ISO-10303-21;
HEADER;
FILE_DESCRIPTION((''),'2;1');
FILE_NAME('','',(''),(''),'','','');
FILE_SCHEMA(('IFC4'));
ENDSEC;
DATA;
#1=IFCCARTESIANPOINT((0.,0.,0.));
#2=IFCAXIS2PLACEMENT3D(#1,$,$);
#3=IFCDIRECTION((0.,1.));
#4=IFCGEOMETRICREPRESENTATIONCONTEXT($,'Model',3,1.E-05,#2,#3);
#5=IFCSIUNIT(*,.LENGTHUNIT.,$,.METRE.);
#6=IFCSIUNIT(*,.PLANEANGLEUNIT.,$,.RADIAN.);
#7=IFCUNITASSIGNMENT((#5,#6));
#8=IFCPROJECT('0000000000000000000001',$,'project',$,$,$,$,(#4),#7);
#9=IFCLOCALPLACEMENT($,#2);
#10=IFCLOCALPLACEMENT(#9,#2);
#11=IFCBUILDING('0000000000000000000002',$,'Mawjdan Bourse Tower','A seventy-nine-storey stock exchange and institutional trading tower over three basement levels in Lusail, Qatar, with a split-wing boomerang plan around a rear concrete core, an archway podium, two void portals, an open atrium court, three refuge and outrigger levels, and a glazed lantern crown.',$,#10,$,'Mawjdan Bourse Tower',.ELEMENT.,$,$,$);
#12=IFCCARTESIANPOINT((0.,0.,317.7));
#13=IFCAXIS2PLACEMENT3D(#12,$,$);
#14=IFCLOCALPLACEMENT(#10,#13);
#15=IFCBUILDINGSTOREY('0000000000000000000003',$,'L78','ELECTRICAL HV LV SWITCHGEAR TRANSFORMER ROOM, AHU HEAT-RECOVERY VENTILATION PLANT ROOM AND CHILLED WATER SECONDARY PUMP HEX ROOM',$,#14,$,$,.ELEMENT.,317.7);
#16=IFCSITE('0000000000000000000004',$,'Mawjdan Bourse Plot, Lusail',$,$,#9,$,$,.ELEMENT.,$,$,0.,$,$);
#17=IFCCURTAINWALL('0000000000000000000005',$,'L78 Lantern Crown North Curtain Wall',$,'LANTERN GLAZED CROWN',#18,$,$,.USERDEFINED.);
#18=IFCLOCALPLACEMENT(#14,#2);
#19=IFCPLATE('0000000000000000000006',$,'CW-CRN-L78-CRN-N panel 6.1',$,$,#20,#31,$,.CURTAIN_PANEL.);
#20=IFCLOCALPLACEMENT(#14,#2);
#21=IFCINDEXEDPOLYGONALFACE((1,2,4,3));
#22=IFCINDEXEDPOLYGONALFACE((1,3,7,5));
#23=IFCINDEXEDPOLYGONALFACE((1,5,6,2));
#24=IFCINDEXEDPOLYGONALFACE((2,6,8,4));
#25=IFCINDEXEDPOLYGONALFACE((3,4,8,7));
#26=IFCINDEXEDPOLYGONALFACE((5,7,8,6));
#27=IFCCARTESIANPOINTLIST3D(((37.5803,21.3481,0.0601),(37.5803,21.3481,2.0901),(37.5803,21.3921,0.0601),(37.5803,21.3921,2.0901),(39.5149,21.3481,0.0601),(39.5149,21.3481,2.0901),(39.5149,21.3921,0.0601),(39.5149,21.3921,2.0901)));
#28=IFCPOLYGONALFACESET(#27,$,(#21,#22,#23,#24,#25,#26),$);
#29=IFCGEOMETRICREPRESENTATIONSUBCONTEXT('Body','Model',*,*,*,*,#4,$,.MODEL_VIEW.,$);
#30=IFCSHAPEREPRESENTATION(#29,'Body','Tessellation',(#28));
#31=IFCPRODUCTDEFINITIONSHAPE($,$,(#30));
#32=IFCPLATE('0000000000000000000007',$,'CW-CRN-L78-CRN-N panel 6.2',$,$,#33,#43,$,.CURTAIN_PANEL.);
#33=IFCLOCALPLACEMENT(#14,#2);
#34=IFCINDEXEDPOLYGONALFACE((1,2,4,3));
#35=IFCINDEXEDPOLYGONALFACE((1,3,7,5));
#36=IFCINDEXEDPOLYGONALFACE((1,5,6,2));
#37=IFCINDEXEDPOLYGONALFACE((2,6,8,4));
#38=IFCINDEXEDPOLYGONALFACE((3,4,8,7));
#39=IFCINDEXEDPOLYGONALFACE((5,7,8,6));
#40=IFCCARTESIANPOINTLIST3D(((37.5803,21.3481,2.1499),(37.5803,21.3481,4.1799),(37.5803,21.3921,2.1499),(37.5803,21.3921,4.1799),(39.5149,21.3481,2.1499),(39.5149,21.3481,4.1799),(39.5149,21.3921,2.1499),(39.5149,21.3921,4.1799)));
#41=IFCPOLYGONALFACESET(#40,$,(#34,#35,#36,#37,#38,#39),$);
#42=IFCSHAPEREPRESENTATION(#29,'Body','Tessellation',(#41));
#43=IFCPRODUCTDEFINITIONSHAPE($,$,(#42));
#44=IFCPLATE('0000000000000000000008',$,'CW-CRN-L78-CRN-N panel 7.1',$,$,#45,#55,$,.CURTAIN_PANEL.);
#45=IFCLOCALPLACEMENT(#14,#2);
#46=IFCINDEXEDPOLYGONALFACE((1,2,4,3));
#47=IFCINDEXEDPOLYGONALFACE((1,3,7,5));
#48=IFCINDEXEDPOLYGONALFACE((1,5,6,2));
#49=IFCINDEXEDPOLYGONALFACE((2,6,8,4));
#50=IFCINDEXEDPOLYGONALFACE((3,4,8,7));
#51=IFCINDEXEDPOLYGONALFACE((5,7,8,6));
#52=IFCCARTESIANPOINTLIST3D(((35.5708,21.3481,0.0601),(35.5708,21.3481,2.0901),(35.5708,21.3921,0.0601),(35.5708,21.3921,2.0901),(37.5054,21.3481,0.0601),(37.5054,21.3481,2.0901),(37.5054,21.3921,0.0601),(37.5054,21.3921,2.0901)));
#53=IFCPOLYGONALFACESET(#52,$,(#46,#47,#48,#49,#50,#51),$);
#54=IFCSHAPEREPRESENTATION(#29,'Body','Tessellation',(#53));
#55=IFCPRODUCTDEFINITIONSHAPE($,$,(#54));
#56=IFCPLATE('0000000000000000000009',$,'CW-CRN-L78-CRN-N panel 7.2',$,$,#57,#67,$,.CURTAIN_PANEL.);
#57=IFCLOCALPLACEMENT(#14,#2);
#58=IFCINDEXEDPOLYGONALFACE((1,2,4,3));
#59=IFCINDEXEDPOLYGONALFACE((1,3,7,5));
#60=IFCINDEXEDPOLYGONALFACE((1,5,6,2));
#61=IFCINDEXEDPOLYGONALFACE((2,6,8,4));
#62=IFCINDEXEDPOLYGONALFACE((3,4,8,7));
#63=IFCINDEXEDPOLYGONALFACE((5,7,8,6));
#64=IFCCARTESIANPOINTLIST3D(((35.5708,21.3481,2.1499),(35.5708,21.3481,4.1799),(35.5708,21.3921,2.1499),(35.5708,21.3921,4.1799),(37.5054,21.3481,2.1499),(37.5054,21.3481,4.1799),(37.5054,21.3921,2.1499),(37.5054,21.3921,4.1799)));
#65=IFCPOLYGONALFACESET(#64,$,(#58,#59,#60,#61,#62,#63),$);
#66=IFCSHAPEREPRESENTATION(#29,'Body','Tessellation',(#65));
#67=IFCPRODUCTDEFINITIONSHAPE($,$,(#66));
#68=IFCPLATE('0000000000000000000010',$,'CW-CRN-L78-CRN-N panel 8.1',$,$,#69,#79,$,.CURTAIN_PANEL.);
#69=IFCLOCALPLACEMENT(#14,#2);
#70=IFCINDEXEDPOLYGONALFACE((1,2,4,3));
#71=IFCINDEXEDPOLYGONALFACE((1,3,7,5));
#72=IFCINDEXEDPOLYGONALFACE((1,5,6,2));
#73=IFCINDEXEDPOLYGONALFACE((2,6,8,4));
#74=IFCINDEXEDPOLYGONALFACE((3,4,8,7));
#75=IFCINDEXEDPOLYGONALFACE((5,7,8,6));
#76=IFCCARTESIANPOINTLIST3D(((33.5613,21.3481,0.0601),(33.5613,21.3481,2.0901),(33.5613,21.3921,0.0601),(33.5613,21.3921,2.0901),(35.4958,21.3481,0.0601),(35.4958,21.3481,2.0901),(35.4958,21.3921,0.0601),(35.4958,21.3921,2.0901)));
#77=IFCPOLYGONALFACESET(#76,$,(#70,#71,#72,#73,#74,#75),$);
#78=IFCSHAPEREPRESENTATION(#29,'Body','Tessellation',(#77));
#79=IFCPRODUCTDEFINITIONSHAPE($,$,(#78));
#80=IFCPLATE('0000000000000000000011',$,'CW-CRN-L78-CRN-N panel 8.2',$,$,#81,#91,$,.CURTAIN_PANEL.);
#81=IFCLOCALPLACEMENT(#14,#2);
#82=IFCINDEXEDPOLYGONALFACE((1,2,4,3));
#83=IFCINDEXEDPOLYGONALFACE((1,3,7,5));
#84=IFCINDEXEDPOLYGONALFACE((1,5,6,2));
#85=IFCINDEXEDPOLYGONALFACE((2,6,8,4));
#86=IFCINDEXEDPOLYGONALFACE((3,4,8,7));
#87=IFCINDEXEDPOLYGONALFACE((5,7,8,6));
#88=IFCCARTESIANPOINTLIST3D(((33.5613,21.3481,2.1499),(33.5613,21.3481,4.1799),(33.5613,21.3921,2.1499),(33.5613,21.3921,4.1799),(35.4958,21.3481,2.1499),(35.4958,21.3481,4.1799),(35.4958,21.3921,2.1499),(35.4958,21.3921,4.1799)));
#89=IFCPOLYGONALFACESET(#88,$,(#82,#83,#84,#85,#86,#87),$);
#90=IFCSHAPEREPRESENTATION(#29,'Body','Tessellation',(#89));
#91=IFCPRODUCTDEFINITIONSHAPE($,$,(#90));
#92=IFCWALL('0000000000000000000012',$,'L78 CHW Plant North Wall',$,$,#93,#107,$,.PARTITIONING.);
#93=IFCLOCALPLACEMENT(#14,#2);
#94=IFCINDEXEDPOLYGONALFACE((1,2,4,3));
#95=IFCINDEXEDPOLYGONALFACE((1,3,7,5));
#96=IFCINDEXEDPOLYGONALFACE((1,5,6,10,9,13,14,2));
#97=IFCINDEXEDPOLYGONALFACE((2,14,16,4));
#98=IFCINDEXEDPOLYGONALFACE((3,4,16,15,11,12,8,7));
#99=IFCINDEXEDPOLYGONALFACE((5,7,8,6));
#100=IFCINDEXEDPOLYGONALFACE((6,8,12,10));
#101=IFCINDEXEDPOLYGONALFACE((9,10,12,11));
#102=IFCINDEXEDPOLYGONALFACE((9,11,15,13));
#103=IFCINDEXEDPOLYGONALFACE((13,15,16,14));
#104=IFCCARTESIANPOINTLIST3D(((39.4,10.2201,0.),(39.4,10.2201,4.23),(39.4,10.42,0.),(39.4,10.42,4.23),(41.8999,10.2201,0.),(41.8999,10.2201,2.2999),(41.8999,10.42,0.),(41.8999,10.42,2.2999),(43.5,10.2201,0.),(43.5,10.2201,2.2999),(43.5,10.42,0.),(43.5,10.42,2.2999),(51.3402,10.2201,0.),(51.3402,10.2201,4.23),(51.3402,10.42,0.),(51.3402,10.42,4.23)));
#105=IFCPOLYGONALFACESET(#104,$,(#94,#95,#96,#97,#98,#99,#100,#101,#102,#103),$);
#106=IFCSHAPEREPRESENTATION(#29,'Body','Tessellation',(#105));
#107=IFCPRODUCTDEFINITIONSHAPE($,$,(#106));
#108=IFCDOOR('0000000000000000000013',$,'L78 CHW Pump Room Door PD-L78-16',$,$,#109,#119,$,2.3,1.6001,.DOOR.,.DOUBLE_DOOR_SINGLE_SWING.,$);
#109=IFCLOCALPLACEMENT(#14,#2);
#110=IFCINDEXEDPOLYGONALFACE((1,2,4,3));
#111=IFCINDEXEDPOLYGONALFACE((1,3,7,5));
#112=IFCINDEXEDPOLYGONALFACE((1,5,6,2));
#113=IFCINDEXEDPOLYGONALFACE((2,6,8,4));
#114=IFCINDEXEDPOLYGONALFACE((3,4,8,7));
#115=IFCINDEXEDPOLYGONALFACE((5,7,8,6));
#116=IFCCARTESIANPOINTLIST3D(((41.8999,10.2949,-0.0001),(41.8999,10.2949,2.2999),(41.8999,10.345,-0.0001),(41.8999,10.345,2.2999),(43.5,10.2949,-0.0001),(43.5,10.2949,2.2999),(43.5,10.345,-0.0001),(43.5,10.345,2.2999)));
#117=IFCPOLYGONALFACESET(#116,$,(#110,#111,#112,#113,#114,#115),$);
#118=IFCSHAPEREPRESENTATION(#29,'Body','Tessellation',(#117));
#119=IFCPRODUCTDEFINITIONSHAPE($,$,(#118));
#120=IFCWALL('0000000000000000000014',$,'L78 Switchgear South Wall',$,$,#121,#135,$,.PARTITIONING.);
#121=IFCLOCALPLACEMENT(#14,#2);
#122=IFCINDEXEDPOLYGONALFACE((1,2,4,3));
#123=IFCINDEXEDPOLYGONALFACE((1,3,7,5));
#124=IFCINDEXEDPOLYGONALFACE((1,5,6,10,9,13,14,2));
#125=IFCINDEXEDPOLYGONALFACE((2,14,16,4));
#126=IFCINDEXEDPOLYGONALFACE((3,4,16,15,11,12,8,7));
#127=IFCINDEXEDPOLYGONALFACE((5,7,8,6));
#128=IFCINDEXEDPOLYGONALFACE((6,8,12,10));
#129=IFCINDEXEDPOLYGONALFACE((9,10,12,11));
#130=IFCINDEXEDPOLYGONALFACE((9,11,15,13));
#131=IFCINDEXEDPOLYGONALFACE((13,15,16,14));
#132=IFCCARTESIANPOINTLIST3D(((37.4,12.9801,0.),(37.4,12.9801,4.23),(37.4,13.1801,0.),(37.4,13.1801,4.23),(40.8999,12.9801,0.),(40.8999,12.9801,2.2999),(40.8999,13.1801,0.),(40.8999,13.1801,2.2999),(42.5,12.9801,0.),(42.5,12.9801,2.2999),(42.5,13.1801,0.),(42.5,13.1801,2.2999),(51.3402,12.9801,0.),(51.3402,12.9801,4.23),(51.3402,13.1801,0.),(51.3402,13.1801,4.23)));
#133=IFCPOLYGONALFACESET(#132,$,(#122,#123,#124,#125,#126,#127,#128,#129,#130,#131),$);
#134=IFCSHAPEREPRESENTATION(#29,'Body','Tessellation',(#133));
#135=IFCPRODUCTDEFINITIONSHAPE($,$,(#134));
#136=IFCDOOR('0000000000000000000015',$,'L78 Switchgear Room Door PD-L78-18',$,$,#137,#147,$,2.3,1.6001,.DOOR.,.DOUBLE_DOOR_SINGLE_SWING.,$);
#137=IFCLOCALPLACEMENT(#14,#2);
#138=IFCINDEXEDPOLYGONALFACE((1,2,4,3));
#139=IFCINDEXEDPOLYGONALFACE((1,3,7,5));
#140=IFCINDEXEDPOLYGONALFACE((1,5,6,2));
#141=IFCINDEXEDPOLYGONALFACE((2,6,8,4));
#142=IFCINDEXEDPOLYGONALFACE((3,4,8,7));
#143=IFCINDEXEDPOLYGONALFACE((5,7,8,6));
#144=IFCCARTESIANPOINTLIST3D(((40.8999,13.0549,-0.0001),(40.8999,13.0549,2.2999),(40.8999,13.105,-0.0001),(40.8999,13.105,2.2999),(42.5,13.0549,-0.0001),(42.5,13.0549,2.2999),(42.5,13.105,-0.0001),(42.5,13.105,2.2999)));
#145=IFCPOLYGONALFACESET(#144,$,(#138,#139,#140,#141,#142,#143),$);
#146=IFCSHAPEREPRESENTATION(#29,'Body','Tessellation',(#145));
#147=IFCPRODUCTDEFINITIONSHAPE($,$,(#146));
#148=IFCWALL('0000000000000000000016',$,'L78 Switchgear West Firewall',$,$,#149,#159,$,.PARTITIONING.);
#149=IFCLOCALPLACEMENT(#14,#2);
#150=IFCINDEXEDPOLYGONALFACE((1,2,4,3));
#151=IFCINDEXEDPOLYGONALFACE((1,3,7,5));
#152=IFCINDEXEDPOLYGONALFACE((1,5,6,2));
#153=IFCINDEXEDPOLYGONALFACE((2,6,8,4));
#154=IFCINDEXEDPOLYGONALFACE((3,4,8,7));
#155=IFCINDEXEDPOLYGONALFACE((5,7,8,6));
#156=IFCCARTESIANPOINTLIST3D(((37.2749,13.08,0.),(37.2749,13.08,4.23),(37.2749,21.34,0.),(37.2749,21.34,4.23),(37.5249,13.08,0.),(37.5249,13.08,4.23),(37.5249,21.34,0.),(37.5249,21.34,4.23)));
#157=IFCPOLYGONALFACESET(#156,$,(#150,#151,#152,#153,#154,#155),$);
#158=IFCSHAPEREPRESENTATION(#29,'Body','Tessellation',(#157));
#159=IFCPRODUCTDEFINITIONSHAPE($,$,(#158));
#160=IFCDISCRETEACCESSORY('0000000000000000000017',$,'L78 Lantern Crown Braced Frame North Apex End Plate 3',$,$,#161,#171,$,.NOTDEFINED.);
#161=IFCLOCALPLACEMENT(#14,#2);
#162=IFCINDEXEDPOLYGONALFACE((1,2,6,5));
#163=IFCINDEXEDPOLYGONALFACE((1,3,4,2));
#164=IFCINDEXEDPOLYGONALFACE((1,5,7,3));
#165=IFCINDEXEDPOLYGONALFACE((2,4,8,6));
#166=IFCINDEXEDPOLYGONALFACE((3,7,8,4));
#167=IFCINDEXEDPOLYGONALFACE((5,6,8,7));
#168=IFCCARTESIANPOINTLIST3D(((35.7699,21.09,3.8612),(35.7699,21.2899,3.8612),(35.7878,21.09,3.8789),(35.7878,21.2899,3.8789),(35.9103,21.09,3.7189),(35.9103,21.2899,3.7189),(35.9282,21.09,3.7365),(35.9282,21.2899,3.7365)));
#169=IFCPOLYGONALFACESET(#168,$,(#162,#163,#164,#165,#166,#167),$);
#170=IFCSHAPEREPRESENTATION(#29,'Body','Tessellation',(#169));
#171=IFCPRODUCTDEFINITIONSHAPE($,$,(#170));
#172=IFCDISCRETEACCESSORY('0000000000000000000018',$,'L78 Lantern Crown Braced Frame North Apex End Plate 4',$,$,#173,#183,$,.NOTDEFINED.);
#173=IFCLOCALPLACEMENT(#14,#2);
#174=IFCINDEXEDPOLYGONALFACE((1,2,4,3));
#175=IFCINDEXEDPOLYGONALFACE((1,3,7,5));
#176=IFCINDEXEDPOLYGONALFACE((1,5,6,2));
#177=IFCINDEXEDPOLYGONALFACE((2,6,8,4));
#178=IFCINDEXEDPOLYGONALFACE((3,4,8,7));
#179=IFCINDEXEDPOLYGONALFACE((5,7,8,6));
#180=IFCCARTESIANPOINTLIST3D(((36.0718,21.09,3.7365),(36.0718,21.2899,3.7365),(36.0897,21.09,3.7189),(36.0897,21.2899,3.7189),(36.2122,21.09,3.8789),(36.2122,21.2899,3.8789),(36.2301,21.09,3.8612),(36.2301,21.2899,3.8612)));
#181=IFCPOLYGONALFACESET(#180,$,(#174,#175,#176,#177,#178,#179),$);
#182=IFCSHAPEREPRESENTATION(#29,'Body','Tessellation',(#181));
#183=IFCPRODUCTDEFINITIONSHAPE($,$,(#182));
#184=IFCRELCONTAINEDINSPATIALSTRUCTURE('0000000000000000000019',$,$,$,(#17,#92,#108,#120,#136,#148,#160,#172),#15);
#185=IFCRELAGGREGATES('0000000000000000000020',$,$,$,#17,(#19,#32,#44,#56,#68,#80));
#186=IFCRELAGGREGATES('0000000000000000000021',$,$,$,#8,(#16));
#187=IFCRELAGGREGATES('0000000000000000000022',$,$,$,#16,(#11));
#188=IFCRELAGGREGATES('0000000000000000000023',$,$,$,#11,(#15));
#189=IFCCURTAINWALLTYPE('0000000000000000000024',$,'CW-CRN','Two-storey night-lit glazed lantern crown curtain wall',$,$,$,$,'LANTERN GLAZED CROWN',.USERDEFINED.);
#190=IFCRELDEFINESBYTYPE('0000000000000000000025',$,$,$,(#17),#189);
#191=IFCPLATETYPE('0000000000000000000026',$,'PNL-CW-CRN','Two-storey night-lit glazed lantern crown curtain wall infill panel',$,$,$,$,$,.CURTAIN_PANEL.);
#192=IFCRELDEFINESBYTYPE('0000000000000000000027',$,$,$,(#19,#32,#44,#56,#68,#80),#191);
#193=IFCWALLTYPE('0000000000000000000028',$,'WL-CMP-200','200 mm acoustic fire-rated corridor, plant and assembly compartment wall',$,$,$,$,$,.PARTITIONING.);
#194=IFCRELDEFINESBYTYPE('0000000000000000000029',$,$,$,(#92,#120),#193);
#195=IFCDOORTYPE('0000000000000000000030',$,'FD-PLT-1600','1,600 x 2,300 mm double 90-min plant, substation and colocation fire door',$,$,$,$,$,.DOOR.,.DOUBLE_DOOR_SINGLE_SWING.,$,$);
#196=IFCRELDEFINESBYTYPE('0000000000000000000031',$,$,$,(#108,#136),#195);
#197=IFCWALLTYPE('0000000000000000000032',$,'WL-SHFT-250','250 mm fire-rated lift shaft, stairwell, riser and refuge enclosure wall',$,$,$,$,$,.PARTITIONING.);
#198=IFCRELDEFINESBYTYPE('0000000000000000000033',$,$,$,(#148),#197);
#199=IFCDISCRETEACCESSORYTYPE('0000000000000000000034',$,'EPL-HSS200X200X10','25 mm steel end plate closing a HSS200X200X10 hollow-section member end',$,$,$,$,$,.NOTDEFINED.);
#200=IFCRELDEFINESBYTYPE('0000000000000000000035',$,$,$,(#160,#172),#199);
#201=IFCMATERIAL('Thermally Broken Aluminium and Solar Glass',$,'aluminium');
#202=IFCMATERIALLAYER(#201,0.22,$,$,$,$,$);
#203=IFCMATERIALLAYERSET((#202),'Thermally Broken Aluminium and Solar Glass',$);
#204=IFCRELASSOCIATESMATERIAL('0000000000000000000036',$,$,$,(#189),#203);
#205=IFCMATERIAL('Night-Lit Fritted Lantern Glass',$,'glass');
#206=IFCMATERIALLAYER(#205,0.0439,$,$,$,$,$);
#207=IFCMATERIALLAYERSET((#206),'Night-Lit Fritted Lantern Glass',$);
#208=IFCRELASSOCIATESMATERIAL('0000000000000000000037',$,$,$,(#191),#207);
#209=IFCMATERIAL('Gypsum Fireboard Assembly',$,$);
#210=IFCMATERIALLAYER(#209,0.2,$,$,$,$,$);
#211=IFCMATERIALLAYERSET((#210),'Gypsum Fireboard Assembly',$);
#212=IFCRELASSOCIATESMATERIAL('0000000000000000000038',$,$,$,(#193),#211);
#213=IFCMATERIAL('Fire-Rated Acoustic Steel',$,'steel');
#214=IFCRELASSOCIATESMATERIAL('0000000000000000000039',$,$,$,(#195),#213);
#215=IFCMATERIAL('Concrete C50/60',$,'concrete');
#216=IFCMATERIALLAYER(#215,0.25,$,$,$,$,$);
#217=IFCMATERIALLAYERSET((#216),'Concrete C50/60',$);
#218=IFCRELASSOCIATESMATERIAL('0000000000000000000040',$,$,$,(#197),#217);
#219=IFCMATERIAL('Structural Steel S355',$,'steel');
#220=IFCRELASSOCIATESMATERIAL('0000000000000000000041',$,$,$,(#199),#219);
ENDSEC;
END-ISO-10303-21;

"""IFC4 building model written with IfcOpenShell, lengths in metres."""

from ifc_helpers import new_model, si_unit, direction, frame, frame_2d, origin, origin_2d, place, context, subcontext, project, spatial, rectangle, extrude, material, layer, layer_set, material_profile, profile_set, type_object, element, fill, aggregate, save


model = new_model("IFC4")

# Units and contexts
model_context = context("Model", 3, precision=1e-05, world=origin(), true_north=direction((0.0, 1.0)))
body_context = subcontext(model_context, "Body", "Model", "MODEL_VIEW")
ifc_project = project(units=[si_unit("LENGTHUNIT", "METRE"), si_unit("PLANEANGLEUNIT", "RADIAN")], contexts=[model_context])

# Site, building, storey
site_placement = place(None, origin())
site = spatial("IfcSite", under=ifc_project, at=site_placement, Name="Mawjdan Bourse Plot, Lusail", CompositionType="ELEMENT", RefElevation=0.0)
building_placement = place(site_placement, origin())
building = spatial("IfcBuilding", under=site, at=building_placement, Name="Mawjdan Bourse Tower", Description="A seventy-nine-storey stock exchange and institutional trading tower over three basement levels in Lusail, Qatar, with a split-wing boomerang plan around a rear concrete core, an archway podium, two void portals, an open atrium court, three refuge and outrigger levels, and a glazed lantern crown.", LongName="Mawjdan Bourse Tower", CompositionType="ELEMENT")
storey_placement = place(building_placement, frame((0.0, 0.0, 317.7)))
storey = spatial("IfcBuildingStorey", under=building, at=storey_placement, Name="L78", Description="ELECTRICAL HV LV SWITCHGEAR TRANSFORMER ROOM, AHU HEAT-RECOVERY VENTILATION PLANT ROOM AND CHILLED WATER SECONDARY PUMP HEX ROOM", CompositionType="ELEMENT", Elevation=317.7)

# Shared definitions
ifc_material_1 = material(Name="Structural Steel S355", Category="steel")

# Curtain wall, plates
ifc_material_2 = material(Name="Thermally Broken Aluminium and Solar Glass", Category="aluminium")
ifc_layer_1 = layer(ifc_material_2, 0.22)
ifc_layer_set_1 = layer_set([ifc_layer_1], Name="Thermally Broken Aluminium and Solar Glass")
curtain_wall_type = type_object("IfcCurtainWallType", Name="CW-CRN", Description="Two-storey night-lit glazed lantern crown curtain wall", ElementType="LANTERN GLAZED CROWN", PredefinedType="USERDEFINED", material=ifc_layer_set_1)
curtain_wall_placement = place(storey_placement, origin())
curtain_wall = element("IfcCurtainWall", 1, at=curtain_wall_placement, inside=storey, type_object=curtain_wall_type, Name="L78 Lantern Crown North Curtain Wall", ObjectType="LANTERN GLAZED CROWN", PredefinedType="USERDEFINED")
ifc_material_3 = material(Name="Night-Lit Fritted Lantern Glass", Category="glass")
ifc_layer_2 = layer(ifc_material_3, 0.0439)
ifc_layer_set_2 = layer_set([ifc_layer_2], Name="Night-Lit Fritted Lantern Glass")
plate_type = type_object("IfcPlateType", Name="PNL-CW-CRN", Description="Two-storey night-lit glazed lantern crown curtain wall infill panel", PredefinedType="CURTAIN_PANEL", material=ifc_layer_set_2)
plate_1_placement = place(storey_placement, frame((38.5476, 21.3701, 0.0601), z_axis=(0.0, 0.0, 1.0), x_axis=(-1.0, 0.0, 0.0)))
plate_1 = element("IfcPlate", 2, at=plate_1_placement, type_object=plate_type, Name="CW-CRN-L78-CRN-N panel 6.1", PredefinedType="CURTAIN_PANEL", context=body_context, shape_type="SweptSolid", body=[
    extrude(rectangle(XDim=1.9346, YDim=0.0439, at=origin_2d()), origin(), (0.0, 0.0, 1.0), 2.03),
])
plate_2_placement = place(storey_placement, frame((38.5476, 21.3701, 2.1499), z_axis=(0.0, 0.0, 1.0), x_axis=(-1.0, 0.0, 0.0)))
plate_2 = element("IfcPlate", 3, at=plate_2_placement, type_object=plate_type, Name="CW-CRN-L78-CRN-N panel 6.2", PredefinedType="CURTAIN_PANEL", context=body_context, shape_type="SweptSolid", body=[
    extrude(rectangle(XDim=1.9346, YDim=0.0439, at=origin_2d()), origin(), (0.0, 0.0, 1.0), 2.03),
])
plate_3_placement = place(storey_placement, frame((36.5381, 21.3701, 0.0601), z_axis=(0.0, 0.0, 1.0), x_axis=(-1.0, 0.0, 0.0)))
plate_3 = element("IfcPlate", 4, at=plate_3_placement, type_object=plate_type, Name="CW-CRN-L78-CRN-N panel 7.1", PredefinedType="CURTAIN_PANEL", context=body_context, shape_type="SweptSolid", body=[
    extrude(rectangle(XDim=1.9346, YDim=0.0439, at=origin_2d()), origin(), (0.0, 0.0, 1.0), 2.03),
])
plate_4_placement = place(storey_placement, frame((36.5381, 21.3701, 2.1499), z_axis=(0.0, 0.0, 1.0), x_axis=(-1.0, 0.0, 0.0)))
plate_4 = element("IfcPlate", 5, at=plate_4_placement, type_object=plate_type, Name="CW-CRN-L78-CRN-N panel 7.2", PredefinedType="CURTAIN_PANEL", context=body_context, shape_type="SweptSolid", body=[
    extrude(rectangle(XDim=1.9346, YDim=0.0439, at=origin_2d()), origin(), (0.0, 0.0, 1.0), 2.03),
])
plate_5_placement = place(storey_placement, frame((34.5286, 21.3701, 0.0601), z_axis=(0.0, 0.0, 1.0), x_axis=(-1.0, 0.0, 0.0)))
plate_5 = element("IfcPlate", 6, at=plate_5_placement, type_object=plate_type, Name="CW-CRN-L78-CRN-N panel 8.1", PredefinedType="CURTAIN_PANEL", context=body_context, shape_type="SweptSolid", body=[
    extrude(rectangle(XDim=1.9346, YDim=0.0439, at=origin_2d()), origin(), (0.0, 0.0, 1.0), 2.03),
])
plate_6_placement = place(storey_placement, frame((34.5286, 21.3701, 2.1499), z_axis=(0.0, 0.0, 1.0), x_axis=(-1.0, 0.0, 0.0)))
plate_6 = element("IfcPlate", 7, at=plate_6_placement, type_object=plate_type, Name="CW-CRN-L78-CRN-N panel 8.2", PredefinedType="CURTAIN_PANEL", context=body_context, shape_type="SweptSolid", body=[
    extrude(rectangle(XDim=1.9346, YDim=0.0439, at=origin_2d()), origin(), (0.0, 0.0, 1.0), 2.03),
])
aggregate(curtain_wall, [plate_1, plate_2, plate_3, plate_4, plate_5, plate_6])

# Walls, openings, doors
ifc_material_4 = material(Name="Gypsum Fireboard Assembly")
ifc_layer_3 = layer(ifc_material_4, 0.2)
ifc_layer_set_3 = layer_set([ifc_layer_3], Name="Gypsum Fireboard Assembly")
wall_type_1 = type_object("IfcWallType", Name="WL-CMP-200", Description="200 mm acoustic fire-rated corridor, plant and assembly compartment wall", PredefinedType="PARTITIONING", material=ifc_layer_set_3)
wall_1_placement = place(storey_placement, frame((39.3999, 10.3201, 0.0), z_axis=(0.0, 0.0, 1.0), x_axis=(1.0, 0.0, 0.0)))
wall_1 = element("IfcWall", 8, at=wall_1_placement, inside=storey, type_object=wall_type_1, Name="L78 CHW Plant North Wall", PredefinedType="PARTITIONING", context=body_context, shape_type="SweptSolid", body=[
    extrude(rectangle(XDim=11.9402, YDim=0.2, at=frame_2d((5.9702, 0.0))), origin(), (0.0, 0.0, 1.0), 4.23),
])
opening_1_placement = place(wall_1_placement, frame((2.5, 0.0, 0.0)))
opening_1 = element("IfcOpeningElement", 9, at=opening_1_placement, cuts=wall_1, PredefinedType="OPENING", context=body_context, shape_type="SweptSolid", body=[
    extrude(rectangle(XDim=1.6001, YDim=2.3, at=frame_2d((0.8, 1.1499))), frame((0.0, 0.1099, 0.0), z_axis=(0.0, -1.0, 0.0), x_axis=(1.0, 0.0, 0.0)), (0.0, 0.0, 1.0), 0.22),
])
ifc_material_5 = material(Name="Fire-Rated Acoustic Steel", Category="steel")
door_type = type_object("IfcDoorType", Name="FD-PLT-1600", Description="1,600 x 2,300 mm double 90-min plant, substation and colocation fire door", OperationType="DOUBLE_DOOR_SINGLE_SWING", PredefinedType="DOOR", material=ifc_material_5)
door_1_placement = place(opening_1_placement, origin())
door_1 = element("IfcDoor", 10, at=door_1_placement, inside=storey, type_object=door_type, Name="L78 CHW Pump Room Door PD-L78-16", OperationType="DOUBLE_DOOR_SINGLE_SWING", OverallHeight=2.3, OverallWidth=1.6001, PredefinedType="DOOR", context=body_context, shape_type="SweptSolid", body=[
    extrude(rectangle(XDim=1.6001, YDim=2.3, at=frame_2d((0.8, 1.1499))), frame((0.0, 0.0249, 0.0), z_axis=(0.0, -1.0, 0.0), x_axis=(1.0, 0.0, 0.0)), (0.0, 0.0, 1.0), 0.05),
])
fill(opening_1, door_1)
wall_2_placement = place(storey_placement, frame((37.3999, 13.0801, 0.0), z_axis=(0.0, 0.0, 1.0), x_axis=(1.0, 0.0, 0.0)))
wall_2 = element("IfcWall", 11, at=wall_2_placement, inside=storey, type_object=wall_type_1, Name="L78 Switchgear South Wall", PredefinedType="PARTITIONING", context=body_context, shape_type="SweptSolid", body=[
    extrude(rectangle(XDim=13.9402, YDim=0.2, at=frame_2d((6.9702, 0.0))), origin(), (0.0, 0.0, 1.0), 4.23),
])
opening_2_placement = place(wall_2_placement, frame((3.5, 0.0, 0.0)))
opening_2 = element("IfcOpeningElement", 12, at=opening_2_placement, cuts=wall_2, PredefinedType="OPENING", context=body_context, shape_type="SweptSolid", body=[
    extrude(rectangle(XDim=1.6001, YDim=2.3, at=frame_2d((0.8, 1.1499))), frame((0.0, 0.1099, 0.0), z_axis=(0.0, -1.0, 0.0), x_axis=(1.0, 0.0, 0.0)), (0.0, 0.0, 1.0), 0.22),
])
door_2_placement = place(opening_2_placement, origin())
door_2 = element("IfcDoor", 13, at=door_2_placement, inside=storey, type_object=door_type, Name="L78 Switchgear Room Door PD-L78-18", OperationType="DOUBLE_DOOR_SINGLE_SWING", OverallHeight=2.3, OverallWidth=1.6001, PredefinedType="DOOR", context=body_context, shape_type="SweptSolid", body=[
    extrude(rectangle(XDim=1.6001, YDim=2.3, at=frame_2d((0.8, 1.1499))), frame((0.0, 0.0249, 0.0), z_axis=(0.0, -1.0, 0.0), x_axis=(1.0, 0.0, 0.0)), (0.0, 0.0, 1.0), 0.05),
])
fill(opening_2, door_2)

# Wall
ifc_material_6 = material(Name="Concrete C50/60", Category="concrete")
ifc_layer_4 = layer(ifc_material_6, 0.25)
ifc_layer_set_4 = layer_set([ifc_layer_4], Name="Concrete C50/60")
wall_type_2 = type_object("IfcWallType", Name="WL-SHFT-250", Description="250 mm fire-rated lift shaft, stairwell, riser and refuge enclosure wall", PredefinedType="PARTITIONING", material=ifc_layer_set_4)
wall_3_placement = place(storey_placement, frame((37.3999, 13.0801, 0.0), z_axis=(0.0, 0.0, 1.0), x_axis=(0.0, 1.0, 0.0)))
element("IfcWall", 14, at=wall_3_placement, inside=storey, type_object=wall_type_2, Name="L78 Switchgear West Firewall", PredefinedType="PARTITIONING", context=body_context, shape_type="SweptSolid", body=[
    extrude(rectangle(XDim=8.26, YDim=0.25, at=frame_2d((4.1299, 0.0))), origin(), (0.0, 0.0, 1.0), 4.23),
])

# Discrete accessories
ifc_material_profile_1 = material_profile(ifc_material_1, rectangle(XDim=0.2, YDim=0.2, at=origin_2d()), Name="EPL-HSS200X200X10")
ifc_profile_set_1 = profile_set([ifc_material_profile_1], Name="Structural Steel S355")
discrete_accessory_type = type_object("IfcDiscreteAccessoryType", Name="EPL-HSS200X200X10", Description="25 mm steel end plate closing a HSS200X200X10 hollow-section member end", PredefinedType="NOTDEFINED", material=ifc_profile_set_1)
for number, where, z_axis, x_axis, name in (
    (15, (35.8401, 21.1899, 3.79), (0.711966, 0.0, 0.702213), (0.0, 1.0, 0.0), "L78 Lantern Crown Braced Frame North Apex End Plate 3"),
    (16, (36.1599, 21.1899, 3.79), (-0.711966, 0.0, 0.702213), (0.0, -1.0, 0.0), "L78 Lantern Crown Braced Frame North Apex End Plate 4"),
):
    element("IfcDiscreteAccessory", number, at=place(storey_placement, frame(where, z_axis=z_axis, x_axis=x_axis)), inside=storey, type_object=discrete_accessory_type, Name=name, PredefinedType="NOTDEFINED", context=body_context, shape_type="SweptSolid", body=[
        extrude(rectangle(XDim=0.2, YDim=0.2, at=origin_2d()), origin(), (0.0, 0.0, 1.0), 0.0251),
    ])

save(model, "model.ifc")
